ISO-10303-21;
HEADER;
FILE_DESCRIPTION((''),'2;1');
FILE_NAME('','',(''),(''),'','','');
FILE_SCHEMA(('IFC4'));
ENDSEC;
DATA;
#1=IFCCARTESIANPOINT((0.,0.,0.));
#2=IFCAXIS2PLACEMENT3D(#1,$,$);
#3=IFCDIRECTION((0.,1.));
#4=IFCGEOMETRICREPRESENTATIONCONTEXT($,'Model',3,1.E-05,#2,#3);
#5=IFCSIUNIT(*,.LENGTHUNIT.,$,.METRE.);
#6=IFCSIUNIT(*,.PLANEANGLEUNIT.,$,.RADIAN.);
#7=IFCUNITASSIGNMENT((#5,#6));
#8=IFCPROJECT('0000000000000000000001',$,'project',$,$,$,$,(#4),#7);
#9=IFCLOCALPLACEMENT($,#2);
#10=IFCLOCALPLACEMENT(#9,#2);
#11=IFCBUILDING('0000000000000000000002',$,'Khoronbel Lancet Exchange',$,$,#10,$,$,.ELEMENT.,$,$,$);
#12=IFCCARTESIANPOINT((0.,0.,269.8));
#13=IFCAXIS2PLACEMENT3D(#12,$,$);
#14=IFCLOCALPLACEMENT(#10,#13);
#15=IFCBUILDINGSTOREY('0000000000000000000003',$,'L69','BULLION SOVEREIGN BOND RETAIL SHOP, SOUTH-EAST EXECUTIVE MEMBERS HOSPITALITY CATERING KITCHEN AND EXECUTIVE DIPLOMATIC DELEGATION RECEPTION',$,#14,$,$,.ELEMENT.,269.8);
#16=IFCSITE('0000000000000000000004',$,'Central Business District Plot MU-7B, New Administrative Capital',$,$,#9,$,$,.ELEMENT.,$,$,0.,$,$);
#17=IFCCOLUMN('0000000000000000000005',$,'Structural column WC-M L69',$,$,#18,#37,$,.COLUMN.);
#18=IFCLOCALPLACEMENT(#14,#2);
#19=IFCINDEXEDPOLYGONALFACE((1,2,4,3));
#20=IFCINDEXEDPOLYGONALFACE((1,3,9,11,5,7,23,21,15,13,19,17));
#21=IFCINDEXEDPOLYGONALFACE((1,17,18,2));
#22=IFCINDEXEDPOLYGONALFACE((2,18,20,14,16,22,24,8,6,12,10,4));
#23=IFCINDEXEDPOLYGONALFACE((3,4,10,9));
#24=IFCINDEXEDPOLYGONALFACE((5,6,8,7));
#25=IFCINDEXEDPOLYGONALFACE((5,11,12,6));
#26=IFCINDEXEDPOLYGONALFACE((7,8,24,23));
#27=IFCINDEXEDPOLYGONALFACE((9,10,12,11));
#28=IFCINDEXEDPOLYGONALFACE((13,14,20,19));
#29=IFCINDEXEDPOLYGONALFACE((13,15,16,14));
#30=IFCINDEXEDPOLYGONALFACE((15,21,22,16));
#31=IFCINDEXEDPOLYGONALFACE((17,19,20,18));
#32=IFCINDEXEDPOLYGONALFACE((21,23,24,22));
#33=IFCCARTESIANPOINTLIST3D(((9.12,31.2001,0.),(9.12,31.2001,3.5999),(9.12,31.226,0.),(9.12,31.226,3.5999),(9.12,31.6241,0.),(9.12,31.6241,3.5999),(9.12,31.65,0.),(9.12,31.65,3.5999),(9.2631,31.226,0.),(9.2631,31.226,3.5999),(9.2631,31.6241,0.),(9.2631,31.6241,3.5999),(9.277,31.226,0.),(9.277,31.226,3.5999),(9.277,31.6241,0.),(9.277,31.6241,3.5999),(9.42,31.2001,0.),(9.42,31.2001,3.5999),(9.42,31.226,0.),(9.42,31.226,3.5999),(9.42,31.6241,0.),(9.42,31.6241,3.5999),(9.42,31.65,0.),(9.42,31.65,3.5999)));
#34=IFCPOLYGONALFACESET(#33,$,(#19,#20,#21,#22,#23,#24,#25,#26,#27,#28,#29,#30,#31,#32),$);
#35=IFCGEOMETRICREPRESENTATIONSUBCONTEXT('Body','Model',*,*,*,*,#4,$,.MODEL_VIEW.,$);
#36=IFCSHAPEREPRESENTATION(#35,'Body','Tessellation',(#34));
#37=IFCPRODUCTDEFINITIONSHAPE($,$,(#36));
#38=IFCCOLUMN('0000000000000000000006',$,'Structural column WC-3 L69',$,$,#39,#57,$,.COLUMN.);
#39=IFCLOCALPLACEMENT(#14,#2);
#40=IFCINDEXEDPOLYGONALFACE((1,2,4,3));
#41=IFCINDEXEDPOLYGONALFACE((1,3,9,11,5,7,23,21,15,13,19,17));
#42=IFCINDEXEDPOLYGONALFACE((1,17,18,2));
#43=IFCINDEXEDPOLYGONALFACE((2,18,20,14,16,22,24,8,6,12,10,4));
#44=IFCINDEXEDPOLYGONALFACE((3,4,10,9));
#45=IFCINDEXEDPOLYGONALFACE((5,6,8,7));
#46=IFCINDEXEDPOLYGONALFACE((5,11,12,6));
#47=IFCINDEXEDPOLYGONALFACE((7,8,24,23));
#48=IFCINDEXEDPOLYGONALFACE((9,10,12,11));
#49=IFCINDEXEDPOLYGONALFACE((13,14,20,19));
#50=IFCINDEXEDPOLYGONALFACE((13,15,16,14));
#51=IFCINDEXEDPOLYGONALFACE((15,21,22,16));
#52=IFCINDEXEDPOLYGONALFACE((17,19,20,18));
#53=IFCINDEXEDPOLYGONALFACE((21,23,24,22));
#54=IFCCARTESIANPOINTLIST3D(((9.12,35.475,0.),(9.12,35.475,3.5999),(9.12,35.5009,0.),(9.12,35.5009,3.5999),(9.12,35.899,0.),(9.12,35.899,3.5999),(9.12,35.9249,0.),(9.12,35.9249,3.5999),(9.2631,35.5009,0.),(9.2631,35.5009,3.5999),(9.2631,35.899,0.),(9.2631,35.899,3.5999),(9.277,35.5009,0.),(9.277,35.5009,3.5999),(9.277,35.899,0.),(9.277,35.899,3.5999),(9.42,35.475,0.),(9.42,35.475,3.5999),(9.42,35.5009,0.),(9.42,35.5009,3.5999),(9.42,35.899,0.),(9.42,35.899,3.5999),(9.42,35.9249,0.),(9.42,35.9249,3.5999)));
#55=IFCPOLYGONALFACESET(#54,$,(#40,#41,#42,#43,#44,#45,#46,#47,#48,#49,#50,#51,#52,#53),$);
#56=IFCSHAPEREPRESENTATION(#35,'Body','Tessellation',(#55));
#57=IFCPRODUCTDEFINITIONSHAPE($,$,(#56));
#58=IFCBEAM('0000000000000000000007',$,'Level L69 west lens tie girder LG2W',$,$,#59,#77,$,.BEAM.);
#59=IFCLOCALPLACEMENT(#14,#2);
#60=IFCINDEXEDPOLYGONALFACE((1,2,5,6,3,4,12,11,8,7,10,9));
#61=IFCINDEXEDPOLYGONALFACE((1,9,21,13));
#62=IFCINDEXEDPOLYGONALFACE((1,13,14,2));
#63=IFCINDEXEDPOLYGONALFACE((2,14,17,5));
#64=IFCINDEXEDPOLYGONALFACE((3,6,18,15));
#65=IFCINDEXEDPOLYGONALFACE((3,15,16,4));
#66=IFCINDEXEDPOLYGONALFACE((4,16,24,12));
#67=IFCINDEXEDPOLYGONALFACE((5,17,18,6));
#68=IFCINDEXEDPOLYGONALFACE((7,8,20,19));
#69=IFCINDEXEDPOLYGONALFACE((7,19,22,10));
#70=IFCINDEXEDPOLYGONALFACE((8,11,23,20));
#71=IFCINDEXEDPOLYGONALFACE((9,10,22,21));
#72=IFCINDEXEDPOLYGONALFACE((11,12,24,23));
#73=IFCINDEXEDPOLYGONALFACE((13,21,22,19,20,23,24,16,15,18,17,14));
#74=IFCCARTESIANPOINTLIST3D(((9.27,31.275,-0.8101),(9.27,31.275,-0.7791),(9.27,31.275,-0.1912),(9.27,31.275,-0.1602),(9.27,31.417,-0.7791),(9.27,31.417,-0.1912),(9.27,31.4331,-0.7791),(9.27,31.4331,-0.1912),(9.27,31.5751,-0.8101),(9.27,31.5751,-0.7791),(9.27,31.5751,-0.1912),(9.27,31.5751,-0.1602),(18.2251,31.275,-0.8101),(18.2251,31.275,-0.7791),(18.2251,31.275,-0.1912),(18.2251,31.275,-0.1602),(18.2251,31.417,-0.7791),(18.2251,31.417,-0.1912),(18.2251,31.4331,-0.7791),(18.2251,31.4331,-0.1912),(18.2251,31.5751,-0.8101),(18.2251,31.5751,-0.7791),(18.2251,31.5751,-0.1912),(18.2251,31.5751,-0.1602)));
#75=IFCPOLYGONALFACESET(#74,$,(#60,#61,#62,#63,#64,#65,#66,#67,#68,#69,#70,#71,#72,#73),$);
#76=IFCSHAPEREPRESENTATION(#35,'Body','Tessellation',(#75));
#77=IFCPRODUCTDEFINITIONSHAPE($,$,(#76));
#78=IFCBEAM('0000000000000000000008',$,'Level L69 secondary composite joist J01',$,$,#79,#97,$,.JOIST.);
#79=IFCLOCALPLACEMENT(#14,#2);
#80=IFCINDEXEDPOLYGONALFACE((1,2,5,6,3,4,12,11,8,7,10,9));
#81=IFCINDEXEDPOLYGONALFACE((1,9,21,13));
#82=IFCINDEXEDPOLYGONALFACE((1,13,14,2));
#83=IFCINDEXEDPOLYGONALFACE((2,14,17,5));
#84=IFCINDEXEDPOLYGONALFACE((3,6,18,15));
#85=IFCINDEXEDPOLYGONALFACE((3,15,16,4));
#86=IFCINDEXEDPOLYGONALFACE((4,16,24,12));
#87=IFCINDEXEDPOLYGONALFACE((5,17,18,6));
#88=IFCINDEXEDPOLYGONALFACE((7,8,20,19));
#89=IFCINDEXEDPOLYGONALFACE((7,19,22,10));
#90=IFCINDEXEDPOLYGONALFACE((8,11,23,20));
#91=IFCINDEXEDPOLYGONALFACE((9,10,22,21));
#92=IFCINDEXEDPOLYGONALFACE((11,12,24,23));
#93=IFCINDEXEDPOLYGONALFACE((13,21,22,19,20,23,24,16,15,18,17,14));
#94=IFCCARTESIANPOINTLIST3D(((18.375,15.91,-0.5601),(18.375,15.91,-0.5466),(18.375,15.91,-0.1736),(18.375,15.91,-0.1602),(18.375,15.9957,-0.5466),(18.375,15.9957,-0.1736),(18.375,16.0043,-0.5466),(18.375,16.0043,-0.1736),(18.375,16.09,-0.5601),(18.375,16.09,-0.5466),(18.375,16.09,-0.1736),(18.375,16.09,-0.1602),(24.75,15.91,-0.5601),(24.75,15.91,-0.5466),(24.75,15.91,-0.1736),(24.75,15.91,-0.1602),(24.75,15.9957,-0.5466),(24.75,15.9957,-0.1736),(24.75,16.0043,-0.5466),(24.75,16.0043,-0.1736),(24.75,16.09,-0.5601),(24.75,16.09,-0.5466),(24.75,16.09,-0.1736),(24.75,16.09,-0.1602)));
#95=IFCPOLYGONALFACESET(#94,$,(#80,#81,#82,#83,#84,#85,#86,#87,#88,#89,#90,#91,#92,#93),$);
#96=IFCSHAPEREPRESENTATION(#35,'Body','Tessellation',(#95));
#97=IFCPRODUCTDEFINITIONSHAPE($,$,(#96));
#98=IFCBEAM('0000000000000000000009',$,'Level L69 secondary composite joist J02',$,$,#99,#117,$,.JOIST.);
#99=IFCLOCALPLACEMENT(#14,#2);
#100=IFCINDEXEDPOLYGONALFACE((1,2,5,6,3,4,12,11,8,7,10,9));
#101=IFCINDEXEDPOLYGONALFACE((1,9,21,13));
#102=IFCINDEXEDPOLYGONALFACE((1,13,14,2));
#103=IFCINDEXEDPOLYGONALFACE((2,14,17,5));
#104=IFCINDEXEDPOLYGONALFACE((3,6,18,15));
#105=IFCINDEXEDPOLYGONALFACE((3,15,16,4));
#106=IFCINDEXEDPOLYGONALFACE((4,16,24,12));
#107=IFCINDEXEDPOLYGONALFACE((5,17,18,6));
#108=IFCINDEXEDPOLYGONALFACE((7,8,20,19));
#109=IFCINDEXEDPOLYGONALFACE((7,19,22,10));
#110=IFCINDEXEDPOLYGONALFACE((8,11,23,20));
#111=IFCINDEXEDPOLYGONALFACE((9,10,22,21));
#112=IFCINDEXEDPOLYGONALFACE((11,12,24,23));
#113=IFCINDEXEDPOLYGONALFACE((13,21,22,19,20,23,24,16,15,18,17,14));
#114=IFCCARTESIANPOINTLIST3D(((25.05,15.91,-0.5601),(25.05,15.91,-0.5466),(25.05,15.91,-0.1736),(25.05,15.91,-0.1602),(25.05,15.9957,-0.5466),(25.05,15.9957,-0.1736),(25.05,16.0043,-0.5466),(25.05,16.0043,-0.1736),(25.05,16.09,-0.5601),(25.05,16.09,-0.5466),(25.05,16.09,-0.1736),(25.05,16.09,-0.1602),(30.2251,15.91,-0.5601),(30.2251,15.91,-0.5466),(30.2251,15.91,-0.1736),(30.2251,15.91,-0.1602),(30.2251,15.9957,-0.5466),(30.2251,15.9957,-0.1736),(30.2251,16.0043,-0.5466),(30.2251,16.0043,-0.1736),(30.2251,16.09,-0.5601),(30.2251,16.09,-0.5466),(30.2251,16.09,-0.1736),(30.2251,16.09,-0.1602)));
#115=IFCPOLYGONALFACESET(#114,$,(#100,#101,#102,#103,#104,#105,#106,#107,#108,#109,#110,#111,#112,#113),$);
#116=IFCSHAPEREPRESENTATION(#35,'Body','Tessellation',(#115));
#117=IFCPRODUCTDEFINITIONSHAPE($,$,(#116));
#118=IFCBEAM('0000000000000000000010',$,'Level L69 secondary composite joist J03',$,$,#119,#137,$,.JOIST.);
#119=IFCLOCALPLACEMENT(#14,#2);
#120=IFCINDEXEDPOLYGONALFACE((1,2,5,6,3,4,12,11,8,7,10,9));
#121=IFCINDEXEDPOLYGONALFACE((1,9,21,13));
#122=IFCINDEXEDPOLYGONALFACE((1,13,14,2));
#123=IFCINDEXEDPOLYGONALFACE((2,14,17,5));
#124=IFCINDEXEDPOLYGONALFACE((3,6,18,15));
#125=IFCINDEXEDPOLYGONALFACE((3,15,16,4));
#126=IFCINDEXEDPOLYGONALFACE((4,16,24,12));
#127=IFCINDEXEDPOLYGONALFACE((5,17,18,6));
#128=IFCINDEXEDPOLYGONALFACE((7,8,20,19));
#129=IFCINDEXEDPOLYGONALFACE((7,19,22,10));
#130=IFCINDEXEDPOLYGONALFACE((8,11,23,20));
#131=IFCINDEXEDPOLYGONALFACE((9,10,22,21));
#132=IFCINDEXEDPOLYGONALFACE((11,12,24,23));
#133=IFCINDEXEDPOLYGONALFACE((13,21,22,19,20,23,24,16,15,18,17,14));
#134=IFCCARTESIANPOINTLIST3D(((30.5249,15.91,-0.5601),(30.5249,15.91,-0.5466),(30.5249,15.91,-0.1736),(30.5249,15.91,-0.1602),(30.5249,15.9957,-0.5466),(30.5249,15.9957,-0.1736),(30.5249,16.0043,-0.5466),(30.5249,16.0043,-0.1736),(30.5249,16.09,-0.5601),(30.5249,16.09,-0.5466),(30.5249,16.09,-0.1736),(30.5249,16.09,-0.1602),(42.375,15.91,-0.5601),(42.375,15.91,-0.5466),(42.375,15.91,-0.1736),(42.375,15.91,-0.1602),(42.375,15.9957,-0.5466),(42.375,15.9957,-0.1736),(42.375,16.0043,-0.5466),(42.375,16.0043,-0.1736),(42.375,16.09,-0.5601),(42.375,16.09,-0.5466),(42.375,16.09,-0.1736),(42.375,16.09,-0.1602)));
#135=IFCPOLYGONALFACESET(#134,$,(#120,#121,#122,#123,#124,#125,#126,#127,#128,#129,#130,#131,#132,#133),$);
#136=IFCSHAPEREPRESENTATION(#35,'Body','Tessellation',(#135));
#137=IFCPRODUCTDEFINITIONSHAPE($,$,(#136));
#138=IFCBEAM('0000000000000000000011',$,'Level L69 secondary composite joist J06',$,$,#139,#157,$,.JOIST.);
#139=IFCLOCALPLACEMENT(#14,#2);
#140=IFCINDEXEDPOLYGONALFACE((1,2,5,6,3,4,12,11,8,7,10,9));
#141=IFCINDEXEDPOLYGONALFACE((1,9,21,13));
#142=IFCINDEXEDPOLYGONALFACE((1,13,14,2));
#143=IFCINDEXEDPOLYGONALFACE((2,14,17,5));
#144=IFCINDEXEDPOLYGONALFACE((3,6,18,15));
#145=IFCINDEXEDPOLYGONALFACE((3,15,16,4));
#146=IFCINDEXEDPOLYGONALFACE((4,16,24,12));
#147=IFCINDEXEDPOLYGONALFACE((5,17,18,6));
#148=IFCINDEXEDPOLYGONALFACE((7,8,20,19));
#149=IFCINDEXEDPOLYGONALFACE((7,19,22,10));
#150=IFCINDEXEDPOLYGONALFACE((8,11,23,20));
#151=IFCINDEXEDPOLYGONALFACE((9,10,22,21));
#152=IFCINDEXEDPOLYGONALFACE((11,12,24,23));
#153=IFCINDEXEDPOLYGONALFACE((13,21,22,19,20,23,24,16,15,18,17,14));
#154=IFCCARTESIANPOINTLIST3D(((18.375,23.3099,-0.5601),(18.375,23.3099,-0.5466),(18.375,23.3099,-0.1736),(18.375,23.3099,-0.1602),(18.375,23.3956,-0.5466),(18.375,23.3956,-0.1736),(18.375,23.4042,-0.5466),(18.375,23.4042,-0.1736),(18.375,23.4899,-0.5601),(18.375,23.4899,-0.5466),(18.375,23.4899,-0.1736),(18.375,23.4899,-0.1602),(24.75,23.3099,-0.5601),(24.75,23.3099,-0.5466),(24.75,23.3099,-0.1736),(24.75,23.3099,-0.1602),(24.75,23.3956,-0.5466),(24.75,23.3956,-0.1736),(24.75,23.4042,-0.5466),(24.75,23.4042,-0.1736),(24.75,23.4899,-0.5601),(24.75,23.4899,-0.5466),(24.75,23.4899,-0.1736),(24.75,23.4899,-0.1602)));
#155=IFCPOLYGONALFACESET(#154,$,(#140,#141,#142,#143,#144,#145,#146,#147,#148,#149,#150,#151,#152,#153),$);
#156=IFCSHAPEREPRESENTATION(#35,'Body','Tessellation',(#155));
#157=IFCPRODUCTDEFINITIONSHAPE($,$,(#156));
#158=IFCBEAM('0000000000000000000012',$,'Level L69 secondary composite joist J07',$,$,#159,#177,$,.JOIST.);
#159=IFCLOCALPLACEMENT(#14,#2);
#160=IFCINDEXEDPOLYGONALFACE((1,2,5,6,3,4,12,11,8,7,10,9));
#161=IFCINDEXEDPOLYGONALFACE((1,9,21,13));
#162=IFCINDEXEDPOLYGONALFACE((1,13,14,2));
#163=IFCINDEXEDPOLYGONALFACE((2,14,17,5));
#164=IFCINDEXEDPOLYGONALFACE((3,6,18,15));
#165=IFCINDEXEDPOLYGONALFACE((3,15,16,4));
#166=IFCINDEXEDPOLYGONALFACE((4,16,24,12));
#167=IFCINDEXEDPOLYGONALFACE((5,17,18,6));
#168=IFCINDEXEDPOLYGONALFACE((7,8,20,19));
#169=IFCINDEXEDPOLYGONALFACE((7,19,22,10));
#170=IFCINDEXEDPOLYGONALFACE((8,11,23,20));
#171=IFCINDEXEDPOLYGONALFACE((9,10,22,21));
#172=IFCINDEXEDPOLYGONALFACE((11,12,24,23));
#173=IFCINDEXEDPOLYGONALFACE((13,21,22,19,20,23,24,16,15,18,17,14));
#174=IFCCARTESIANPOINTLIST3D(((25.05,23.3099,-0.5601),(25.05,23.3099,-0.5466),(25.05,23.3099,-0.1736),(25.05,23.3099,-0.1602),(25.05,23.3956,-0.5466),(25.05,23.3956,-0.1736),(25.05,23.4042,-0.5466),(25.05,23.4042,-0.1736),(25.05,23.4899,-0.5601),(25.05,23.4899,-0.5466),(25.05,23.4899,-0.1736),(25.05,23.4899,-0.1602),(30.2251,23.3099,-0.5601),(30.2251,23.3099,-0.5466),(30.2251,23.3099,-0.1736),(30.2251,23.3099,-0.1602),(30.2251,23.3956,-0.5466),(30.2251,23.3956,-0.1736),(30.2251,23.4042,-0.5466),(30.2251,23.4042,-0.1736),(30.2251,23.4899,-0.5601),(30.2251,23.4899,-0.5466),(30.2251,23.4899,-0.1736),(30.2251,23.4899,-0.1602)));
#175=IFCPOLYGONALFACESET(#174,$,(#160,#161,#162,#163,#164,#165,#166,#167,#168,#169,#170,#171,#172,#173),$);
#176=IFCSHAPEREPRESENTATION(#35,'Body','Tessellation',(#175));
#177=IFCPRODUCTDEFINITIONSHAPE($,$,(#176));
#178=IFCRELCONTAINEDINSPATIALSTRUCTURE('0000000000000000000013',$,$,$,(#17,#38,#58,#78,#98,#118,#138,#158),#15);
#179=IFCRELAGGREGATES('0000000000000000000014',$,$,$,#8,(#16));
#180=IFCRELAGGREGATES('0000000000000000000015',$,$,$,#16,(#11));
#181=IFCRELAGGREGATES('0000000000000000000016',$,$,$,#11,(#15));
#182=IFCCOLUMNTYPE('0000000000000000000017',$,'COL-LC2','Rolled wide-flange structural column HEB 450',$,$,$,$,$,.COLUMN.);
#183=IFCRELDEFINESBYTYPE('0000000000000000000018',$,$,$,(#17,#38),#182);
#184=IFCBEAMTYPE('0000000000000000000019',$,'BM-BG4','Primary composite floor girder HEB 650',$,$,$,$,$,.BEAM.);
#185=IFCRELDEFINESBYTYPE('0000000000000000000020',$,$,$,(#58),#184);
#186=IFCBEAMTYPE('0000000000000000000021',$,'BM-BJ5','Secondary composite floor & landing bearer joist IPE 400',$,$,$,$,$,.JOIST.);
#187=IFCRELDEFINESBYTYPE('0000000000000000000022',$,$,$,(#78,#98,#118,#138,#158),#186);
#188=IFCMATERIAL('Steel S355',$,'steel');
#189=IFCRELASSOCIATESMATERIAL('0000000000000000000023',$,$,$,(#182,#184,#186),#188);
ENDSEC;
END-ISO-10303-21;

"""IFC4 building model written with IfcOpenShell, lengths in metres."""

from ifc_helpers import new_model, si_unit, direction, frame, origin, origin_2d, place, context, subcontext, project, spatial, i_section, extrude, material, material_profile, profile_set, type_object, element, save


model = new_model("IFC4")

# Units and contexts
model_context = context("Model", 3, precision=1e-05, world=origin(), true_north=direction((0.0, 1.0)))
body_context = subcontext(model_context, "Body", "Model", "MODEL_VIEW")
ifc_project = project(units=[si_unit("LENGTHUNIT", "METRE"), si_unit("PLANEANGLEUNIT", "RADIAN")], contexts=[model_context])

# Site, building, storey
site_placement = place(None, origin())
site = spatial("IfcSite", under=ifc_project, at=site_placement, Name="Central Business District Plot MU-7B, New Administrative Capital", CompositionType="ELEMENT", RefElevation=0.0)
building_placement = place(site_placement, origin())
building = spatial("IfcBuilding", under=site, at=building_placement, Name="Khoronbel Lancet Exchange", CompositionType="ELEMENT")
storey_placement = place(building_placement, frame((0.0, 0.0, 269.8)))
storey = spatial("IfcBuildingStorey", under=building, at=storey_placement, Name="L69", Description="BULLION SOVEREIGN BOND RETAIL SHOP, SOUTH-EAST EXECUTIVE MEMBERS HOSPITALITY CATERING KITCHEN AND EXECUTIVE DIPLOMATIC DELEGATION RECEPTION", CompositionType="ELEMENT", Elevation=269.8)

# Columns
ifc_material_1 = material(Name="Steel S355", Category="steel")
ifc_material_profile_1 = material_profile(ifc_material_1, i_section(OverallWidth=0.3, OverallDepth=0.45, WebThickness=0.0139, FlangeThickness=0.0259, at=origin_2d()), Name="HEB 450")
ifc_profile_set_1 = profile_set([ifc_material_profile_1], Name="Steel S355")
column_type = type_object("IfcColumnType", Name="COL-LC2", Description="Rolled wide-flange structural column HEB 450", PredefinedType="COLUMN", material=ifc_profile_set_1)
for number, where, z_axis, x_axis, name in (
    (1, (9.27, 31.425, 0.0), (0.0, 0.0, 1.0), (1.0, 0.0, 0.0), "Structural column WC-M L69"),
    (2, (9.27, 35.7, 0.0), (0.0, 0.0, 1.0), (1.0, 0.0, 0.0), "Structural column WC-3 L69"),
):
    element("IfcColumn", number, at=place(storey_placement, frame(where, z_axis=z_axis, x_axis=x_axis)), inside=storey, type_object=column_type, Name=name, PredefinedType="COLUMN", context=body_context, shape_type="SweptSolid", body=[
        extrude(i_section(OverallWidth=0.3, OverallDepth=0.45, WebThickness=0.0139, FlangeThickness=0.0259, at=origin_2d()), origin(), (0.0, 0.0, 1.0), 3.5999),
    ])

# Beams
ifc_material_profile_2 = material_profile(ifc_material_1, i_section(OverallWidth=0.3, OverallDepth=0.6499, WebThickness=0.0161, FlangeThickness=0.031, at=origin_2d()), Name="HEB 650")
ifc_profile_set_2 = profile_set([ifc_material_profile_2], Name="Steel S355")
beam_type_1 = type_object("IfcBeamType", Name="BM-BG4", Description="Primary composite floor girder HEB 650", PredefinedType="BEAM", material=ifc_profile_set_2)
beam_1_placement = place(storey_placement, frame((9.27, 31.425, -0.4851), z_axis=(1.0, 0.0, 0.0), x_axis=(0.0, 1.0, 0.0)))
element("IfcBeam", 3, at=beam_1_placement, inside=storey, type_object=beam_type_1, Name="Level L69 west lens tie girder LG2W", PredefinedType="BEAM", context=body_context, shape_type="SweptSolid", body=[
    extrude(i_section(OverallWidth=0.3, OverallDepth=0.6499, WebThickness=0.0161, FlangeThickness=0.031, at=origin_2d()), origin(), (0.0, 0.0, 1.0), 8.9551),
])
ifc_material_profile_3 = material_profile(ifc_material_1, i_section(OverallWidth=0.1799, OverallDepth=0.3999, WebThickness=0.0085, FlangeThickness=0.0134, at=origin_2d()), Name="IPE 400")
ifc_profile_set_3 = profile_set([ifc_material_profile_3], Name="Steel S355")
beam_type_2 = type_object("IfcBeamType", Name="BM-BJ5", Description="Secondary composite floor & landing bearer joist IPE 400", PredefinedType="JOIST", material=ifc_profile_set_3)
beam_2_placement = place(storey_placement, frame((18.375, 16.0, -0.3601), z_axis=(1.0, 0.0, 0.0), x_axis=(0.0, 1.0, 0.0)))
element("IfcBeam", 4, at=beam_2_placement, inside=storey, type_object=beam_type_2, Name="Level L69 secondary composite joist J01", PredefinedType="JOIST", context=body_context, shape_type="SweptSolid", body=[
    extrude(i_section(OverallWidth=0.1799, OverallDepth=0.3999, WebThickness=0.0085, FlangeThickness=0.0134, at=origin_2d()), origin(), (0.0, 0.0, 1.0), 6.375),
])
beam_3_placement = place(storey_placement, frame((25.05, 16.0, -0.3601), z_axis=(1.0, 0.0, 0.0), x_axis=(0.0, 1.0, 0.0)))
element("IfcBeam", 5, at=beam_3_placement, inside=storey, type_object=beam_type_2, Name="Level L69 secondary composite joist J02", PredefinedType="JOIST", context=body_context, shape_type="SweptSolid", body=[
    extrude(i_section(OverallWidth=0.1799, OverallDepth=0.3999, WebThickness=0.0085, FlangeThickness=0.0134, at=origin_2d()), origin(), (0.0, 0.0, 1.0), 5.175),
])
beam_4_placement = place(storey_placement, frame((30.5249, 16.0, -0.3601), z_axis=(1.0, 0.0, 0.0), x_axis=(0.0, 1.0, 0.0)))
element("IfcBeam", 6, at=beam_4_placement, inside=storey, type_object=beam_type_2, Name="Level L69 secondary composite joist J03", PredefinedType="JOIST", context=body_context, shape_type="SweptSolid", body=[
    extrude(i_section(OverallWidth=0.1799, OverallDepth=0.3999, WebThickness=0.0085, FlangeThickness=0.0134, at=origin_2d()), origin(), (0.0, 0.0, 1.0), 11.8501),
])
beam_5_placement = place(storey_placement, frame((18.375, 23.3999, -0.3601), z_axis=(1.0, 0.0, 0.0), x_axis=(0.0, 1.0, 0.0)))
element("IfcBeam", 7, at=beam_5_placement, inside=storey, type_object=beam_type_2, Name="Level L69 secondary composite joist J06", PredefinedType="JOIST", context=body_context, shape_type="SweptSolid", body=[
    extrude(i_section(OverallWidth=0.1799, OverallDepth=0.3999, WebThickness=0.0085, FlangeThickness=0.0134, at=origin_2d()), origin(), (0.0, 0.0, 1.0), 6.375),
])
beam_6_placement = place(storey_placement, frame((25.05, 23.3999, -0.3601), z_axis=(1.0, 0.0, 0.0), x_axis=(0.0, 1.0, 0.0)))
element("IfcBeam", 8, at=beam_6_placement, inside=storey, type_object=beam_type_2, Name="Level L69 secondary composite joist J07", PredefinedType="JOIST", context=body_context, shape_type="SweptSolid", body=[
    extrude(i_section(OverallWidth=0.1799, OverallDepth=0.3999, WebThickness=0.0085, FlangeThickness=0.0134, at=origin_2d()), origin(), (0.0, 0.0, 1.0), 5.175),
])

save(model, "model.ifc")
